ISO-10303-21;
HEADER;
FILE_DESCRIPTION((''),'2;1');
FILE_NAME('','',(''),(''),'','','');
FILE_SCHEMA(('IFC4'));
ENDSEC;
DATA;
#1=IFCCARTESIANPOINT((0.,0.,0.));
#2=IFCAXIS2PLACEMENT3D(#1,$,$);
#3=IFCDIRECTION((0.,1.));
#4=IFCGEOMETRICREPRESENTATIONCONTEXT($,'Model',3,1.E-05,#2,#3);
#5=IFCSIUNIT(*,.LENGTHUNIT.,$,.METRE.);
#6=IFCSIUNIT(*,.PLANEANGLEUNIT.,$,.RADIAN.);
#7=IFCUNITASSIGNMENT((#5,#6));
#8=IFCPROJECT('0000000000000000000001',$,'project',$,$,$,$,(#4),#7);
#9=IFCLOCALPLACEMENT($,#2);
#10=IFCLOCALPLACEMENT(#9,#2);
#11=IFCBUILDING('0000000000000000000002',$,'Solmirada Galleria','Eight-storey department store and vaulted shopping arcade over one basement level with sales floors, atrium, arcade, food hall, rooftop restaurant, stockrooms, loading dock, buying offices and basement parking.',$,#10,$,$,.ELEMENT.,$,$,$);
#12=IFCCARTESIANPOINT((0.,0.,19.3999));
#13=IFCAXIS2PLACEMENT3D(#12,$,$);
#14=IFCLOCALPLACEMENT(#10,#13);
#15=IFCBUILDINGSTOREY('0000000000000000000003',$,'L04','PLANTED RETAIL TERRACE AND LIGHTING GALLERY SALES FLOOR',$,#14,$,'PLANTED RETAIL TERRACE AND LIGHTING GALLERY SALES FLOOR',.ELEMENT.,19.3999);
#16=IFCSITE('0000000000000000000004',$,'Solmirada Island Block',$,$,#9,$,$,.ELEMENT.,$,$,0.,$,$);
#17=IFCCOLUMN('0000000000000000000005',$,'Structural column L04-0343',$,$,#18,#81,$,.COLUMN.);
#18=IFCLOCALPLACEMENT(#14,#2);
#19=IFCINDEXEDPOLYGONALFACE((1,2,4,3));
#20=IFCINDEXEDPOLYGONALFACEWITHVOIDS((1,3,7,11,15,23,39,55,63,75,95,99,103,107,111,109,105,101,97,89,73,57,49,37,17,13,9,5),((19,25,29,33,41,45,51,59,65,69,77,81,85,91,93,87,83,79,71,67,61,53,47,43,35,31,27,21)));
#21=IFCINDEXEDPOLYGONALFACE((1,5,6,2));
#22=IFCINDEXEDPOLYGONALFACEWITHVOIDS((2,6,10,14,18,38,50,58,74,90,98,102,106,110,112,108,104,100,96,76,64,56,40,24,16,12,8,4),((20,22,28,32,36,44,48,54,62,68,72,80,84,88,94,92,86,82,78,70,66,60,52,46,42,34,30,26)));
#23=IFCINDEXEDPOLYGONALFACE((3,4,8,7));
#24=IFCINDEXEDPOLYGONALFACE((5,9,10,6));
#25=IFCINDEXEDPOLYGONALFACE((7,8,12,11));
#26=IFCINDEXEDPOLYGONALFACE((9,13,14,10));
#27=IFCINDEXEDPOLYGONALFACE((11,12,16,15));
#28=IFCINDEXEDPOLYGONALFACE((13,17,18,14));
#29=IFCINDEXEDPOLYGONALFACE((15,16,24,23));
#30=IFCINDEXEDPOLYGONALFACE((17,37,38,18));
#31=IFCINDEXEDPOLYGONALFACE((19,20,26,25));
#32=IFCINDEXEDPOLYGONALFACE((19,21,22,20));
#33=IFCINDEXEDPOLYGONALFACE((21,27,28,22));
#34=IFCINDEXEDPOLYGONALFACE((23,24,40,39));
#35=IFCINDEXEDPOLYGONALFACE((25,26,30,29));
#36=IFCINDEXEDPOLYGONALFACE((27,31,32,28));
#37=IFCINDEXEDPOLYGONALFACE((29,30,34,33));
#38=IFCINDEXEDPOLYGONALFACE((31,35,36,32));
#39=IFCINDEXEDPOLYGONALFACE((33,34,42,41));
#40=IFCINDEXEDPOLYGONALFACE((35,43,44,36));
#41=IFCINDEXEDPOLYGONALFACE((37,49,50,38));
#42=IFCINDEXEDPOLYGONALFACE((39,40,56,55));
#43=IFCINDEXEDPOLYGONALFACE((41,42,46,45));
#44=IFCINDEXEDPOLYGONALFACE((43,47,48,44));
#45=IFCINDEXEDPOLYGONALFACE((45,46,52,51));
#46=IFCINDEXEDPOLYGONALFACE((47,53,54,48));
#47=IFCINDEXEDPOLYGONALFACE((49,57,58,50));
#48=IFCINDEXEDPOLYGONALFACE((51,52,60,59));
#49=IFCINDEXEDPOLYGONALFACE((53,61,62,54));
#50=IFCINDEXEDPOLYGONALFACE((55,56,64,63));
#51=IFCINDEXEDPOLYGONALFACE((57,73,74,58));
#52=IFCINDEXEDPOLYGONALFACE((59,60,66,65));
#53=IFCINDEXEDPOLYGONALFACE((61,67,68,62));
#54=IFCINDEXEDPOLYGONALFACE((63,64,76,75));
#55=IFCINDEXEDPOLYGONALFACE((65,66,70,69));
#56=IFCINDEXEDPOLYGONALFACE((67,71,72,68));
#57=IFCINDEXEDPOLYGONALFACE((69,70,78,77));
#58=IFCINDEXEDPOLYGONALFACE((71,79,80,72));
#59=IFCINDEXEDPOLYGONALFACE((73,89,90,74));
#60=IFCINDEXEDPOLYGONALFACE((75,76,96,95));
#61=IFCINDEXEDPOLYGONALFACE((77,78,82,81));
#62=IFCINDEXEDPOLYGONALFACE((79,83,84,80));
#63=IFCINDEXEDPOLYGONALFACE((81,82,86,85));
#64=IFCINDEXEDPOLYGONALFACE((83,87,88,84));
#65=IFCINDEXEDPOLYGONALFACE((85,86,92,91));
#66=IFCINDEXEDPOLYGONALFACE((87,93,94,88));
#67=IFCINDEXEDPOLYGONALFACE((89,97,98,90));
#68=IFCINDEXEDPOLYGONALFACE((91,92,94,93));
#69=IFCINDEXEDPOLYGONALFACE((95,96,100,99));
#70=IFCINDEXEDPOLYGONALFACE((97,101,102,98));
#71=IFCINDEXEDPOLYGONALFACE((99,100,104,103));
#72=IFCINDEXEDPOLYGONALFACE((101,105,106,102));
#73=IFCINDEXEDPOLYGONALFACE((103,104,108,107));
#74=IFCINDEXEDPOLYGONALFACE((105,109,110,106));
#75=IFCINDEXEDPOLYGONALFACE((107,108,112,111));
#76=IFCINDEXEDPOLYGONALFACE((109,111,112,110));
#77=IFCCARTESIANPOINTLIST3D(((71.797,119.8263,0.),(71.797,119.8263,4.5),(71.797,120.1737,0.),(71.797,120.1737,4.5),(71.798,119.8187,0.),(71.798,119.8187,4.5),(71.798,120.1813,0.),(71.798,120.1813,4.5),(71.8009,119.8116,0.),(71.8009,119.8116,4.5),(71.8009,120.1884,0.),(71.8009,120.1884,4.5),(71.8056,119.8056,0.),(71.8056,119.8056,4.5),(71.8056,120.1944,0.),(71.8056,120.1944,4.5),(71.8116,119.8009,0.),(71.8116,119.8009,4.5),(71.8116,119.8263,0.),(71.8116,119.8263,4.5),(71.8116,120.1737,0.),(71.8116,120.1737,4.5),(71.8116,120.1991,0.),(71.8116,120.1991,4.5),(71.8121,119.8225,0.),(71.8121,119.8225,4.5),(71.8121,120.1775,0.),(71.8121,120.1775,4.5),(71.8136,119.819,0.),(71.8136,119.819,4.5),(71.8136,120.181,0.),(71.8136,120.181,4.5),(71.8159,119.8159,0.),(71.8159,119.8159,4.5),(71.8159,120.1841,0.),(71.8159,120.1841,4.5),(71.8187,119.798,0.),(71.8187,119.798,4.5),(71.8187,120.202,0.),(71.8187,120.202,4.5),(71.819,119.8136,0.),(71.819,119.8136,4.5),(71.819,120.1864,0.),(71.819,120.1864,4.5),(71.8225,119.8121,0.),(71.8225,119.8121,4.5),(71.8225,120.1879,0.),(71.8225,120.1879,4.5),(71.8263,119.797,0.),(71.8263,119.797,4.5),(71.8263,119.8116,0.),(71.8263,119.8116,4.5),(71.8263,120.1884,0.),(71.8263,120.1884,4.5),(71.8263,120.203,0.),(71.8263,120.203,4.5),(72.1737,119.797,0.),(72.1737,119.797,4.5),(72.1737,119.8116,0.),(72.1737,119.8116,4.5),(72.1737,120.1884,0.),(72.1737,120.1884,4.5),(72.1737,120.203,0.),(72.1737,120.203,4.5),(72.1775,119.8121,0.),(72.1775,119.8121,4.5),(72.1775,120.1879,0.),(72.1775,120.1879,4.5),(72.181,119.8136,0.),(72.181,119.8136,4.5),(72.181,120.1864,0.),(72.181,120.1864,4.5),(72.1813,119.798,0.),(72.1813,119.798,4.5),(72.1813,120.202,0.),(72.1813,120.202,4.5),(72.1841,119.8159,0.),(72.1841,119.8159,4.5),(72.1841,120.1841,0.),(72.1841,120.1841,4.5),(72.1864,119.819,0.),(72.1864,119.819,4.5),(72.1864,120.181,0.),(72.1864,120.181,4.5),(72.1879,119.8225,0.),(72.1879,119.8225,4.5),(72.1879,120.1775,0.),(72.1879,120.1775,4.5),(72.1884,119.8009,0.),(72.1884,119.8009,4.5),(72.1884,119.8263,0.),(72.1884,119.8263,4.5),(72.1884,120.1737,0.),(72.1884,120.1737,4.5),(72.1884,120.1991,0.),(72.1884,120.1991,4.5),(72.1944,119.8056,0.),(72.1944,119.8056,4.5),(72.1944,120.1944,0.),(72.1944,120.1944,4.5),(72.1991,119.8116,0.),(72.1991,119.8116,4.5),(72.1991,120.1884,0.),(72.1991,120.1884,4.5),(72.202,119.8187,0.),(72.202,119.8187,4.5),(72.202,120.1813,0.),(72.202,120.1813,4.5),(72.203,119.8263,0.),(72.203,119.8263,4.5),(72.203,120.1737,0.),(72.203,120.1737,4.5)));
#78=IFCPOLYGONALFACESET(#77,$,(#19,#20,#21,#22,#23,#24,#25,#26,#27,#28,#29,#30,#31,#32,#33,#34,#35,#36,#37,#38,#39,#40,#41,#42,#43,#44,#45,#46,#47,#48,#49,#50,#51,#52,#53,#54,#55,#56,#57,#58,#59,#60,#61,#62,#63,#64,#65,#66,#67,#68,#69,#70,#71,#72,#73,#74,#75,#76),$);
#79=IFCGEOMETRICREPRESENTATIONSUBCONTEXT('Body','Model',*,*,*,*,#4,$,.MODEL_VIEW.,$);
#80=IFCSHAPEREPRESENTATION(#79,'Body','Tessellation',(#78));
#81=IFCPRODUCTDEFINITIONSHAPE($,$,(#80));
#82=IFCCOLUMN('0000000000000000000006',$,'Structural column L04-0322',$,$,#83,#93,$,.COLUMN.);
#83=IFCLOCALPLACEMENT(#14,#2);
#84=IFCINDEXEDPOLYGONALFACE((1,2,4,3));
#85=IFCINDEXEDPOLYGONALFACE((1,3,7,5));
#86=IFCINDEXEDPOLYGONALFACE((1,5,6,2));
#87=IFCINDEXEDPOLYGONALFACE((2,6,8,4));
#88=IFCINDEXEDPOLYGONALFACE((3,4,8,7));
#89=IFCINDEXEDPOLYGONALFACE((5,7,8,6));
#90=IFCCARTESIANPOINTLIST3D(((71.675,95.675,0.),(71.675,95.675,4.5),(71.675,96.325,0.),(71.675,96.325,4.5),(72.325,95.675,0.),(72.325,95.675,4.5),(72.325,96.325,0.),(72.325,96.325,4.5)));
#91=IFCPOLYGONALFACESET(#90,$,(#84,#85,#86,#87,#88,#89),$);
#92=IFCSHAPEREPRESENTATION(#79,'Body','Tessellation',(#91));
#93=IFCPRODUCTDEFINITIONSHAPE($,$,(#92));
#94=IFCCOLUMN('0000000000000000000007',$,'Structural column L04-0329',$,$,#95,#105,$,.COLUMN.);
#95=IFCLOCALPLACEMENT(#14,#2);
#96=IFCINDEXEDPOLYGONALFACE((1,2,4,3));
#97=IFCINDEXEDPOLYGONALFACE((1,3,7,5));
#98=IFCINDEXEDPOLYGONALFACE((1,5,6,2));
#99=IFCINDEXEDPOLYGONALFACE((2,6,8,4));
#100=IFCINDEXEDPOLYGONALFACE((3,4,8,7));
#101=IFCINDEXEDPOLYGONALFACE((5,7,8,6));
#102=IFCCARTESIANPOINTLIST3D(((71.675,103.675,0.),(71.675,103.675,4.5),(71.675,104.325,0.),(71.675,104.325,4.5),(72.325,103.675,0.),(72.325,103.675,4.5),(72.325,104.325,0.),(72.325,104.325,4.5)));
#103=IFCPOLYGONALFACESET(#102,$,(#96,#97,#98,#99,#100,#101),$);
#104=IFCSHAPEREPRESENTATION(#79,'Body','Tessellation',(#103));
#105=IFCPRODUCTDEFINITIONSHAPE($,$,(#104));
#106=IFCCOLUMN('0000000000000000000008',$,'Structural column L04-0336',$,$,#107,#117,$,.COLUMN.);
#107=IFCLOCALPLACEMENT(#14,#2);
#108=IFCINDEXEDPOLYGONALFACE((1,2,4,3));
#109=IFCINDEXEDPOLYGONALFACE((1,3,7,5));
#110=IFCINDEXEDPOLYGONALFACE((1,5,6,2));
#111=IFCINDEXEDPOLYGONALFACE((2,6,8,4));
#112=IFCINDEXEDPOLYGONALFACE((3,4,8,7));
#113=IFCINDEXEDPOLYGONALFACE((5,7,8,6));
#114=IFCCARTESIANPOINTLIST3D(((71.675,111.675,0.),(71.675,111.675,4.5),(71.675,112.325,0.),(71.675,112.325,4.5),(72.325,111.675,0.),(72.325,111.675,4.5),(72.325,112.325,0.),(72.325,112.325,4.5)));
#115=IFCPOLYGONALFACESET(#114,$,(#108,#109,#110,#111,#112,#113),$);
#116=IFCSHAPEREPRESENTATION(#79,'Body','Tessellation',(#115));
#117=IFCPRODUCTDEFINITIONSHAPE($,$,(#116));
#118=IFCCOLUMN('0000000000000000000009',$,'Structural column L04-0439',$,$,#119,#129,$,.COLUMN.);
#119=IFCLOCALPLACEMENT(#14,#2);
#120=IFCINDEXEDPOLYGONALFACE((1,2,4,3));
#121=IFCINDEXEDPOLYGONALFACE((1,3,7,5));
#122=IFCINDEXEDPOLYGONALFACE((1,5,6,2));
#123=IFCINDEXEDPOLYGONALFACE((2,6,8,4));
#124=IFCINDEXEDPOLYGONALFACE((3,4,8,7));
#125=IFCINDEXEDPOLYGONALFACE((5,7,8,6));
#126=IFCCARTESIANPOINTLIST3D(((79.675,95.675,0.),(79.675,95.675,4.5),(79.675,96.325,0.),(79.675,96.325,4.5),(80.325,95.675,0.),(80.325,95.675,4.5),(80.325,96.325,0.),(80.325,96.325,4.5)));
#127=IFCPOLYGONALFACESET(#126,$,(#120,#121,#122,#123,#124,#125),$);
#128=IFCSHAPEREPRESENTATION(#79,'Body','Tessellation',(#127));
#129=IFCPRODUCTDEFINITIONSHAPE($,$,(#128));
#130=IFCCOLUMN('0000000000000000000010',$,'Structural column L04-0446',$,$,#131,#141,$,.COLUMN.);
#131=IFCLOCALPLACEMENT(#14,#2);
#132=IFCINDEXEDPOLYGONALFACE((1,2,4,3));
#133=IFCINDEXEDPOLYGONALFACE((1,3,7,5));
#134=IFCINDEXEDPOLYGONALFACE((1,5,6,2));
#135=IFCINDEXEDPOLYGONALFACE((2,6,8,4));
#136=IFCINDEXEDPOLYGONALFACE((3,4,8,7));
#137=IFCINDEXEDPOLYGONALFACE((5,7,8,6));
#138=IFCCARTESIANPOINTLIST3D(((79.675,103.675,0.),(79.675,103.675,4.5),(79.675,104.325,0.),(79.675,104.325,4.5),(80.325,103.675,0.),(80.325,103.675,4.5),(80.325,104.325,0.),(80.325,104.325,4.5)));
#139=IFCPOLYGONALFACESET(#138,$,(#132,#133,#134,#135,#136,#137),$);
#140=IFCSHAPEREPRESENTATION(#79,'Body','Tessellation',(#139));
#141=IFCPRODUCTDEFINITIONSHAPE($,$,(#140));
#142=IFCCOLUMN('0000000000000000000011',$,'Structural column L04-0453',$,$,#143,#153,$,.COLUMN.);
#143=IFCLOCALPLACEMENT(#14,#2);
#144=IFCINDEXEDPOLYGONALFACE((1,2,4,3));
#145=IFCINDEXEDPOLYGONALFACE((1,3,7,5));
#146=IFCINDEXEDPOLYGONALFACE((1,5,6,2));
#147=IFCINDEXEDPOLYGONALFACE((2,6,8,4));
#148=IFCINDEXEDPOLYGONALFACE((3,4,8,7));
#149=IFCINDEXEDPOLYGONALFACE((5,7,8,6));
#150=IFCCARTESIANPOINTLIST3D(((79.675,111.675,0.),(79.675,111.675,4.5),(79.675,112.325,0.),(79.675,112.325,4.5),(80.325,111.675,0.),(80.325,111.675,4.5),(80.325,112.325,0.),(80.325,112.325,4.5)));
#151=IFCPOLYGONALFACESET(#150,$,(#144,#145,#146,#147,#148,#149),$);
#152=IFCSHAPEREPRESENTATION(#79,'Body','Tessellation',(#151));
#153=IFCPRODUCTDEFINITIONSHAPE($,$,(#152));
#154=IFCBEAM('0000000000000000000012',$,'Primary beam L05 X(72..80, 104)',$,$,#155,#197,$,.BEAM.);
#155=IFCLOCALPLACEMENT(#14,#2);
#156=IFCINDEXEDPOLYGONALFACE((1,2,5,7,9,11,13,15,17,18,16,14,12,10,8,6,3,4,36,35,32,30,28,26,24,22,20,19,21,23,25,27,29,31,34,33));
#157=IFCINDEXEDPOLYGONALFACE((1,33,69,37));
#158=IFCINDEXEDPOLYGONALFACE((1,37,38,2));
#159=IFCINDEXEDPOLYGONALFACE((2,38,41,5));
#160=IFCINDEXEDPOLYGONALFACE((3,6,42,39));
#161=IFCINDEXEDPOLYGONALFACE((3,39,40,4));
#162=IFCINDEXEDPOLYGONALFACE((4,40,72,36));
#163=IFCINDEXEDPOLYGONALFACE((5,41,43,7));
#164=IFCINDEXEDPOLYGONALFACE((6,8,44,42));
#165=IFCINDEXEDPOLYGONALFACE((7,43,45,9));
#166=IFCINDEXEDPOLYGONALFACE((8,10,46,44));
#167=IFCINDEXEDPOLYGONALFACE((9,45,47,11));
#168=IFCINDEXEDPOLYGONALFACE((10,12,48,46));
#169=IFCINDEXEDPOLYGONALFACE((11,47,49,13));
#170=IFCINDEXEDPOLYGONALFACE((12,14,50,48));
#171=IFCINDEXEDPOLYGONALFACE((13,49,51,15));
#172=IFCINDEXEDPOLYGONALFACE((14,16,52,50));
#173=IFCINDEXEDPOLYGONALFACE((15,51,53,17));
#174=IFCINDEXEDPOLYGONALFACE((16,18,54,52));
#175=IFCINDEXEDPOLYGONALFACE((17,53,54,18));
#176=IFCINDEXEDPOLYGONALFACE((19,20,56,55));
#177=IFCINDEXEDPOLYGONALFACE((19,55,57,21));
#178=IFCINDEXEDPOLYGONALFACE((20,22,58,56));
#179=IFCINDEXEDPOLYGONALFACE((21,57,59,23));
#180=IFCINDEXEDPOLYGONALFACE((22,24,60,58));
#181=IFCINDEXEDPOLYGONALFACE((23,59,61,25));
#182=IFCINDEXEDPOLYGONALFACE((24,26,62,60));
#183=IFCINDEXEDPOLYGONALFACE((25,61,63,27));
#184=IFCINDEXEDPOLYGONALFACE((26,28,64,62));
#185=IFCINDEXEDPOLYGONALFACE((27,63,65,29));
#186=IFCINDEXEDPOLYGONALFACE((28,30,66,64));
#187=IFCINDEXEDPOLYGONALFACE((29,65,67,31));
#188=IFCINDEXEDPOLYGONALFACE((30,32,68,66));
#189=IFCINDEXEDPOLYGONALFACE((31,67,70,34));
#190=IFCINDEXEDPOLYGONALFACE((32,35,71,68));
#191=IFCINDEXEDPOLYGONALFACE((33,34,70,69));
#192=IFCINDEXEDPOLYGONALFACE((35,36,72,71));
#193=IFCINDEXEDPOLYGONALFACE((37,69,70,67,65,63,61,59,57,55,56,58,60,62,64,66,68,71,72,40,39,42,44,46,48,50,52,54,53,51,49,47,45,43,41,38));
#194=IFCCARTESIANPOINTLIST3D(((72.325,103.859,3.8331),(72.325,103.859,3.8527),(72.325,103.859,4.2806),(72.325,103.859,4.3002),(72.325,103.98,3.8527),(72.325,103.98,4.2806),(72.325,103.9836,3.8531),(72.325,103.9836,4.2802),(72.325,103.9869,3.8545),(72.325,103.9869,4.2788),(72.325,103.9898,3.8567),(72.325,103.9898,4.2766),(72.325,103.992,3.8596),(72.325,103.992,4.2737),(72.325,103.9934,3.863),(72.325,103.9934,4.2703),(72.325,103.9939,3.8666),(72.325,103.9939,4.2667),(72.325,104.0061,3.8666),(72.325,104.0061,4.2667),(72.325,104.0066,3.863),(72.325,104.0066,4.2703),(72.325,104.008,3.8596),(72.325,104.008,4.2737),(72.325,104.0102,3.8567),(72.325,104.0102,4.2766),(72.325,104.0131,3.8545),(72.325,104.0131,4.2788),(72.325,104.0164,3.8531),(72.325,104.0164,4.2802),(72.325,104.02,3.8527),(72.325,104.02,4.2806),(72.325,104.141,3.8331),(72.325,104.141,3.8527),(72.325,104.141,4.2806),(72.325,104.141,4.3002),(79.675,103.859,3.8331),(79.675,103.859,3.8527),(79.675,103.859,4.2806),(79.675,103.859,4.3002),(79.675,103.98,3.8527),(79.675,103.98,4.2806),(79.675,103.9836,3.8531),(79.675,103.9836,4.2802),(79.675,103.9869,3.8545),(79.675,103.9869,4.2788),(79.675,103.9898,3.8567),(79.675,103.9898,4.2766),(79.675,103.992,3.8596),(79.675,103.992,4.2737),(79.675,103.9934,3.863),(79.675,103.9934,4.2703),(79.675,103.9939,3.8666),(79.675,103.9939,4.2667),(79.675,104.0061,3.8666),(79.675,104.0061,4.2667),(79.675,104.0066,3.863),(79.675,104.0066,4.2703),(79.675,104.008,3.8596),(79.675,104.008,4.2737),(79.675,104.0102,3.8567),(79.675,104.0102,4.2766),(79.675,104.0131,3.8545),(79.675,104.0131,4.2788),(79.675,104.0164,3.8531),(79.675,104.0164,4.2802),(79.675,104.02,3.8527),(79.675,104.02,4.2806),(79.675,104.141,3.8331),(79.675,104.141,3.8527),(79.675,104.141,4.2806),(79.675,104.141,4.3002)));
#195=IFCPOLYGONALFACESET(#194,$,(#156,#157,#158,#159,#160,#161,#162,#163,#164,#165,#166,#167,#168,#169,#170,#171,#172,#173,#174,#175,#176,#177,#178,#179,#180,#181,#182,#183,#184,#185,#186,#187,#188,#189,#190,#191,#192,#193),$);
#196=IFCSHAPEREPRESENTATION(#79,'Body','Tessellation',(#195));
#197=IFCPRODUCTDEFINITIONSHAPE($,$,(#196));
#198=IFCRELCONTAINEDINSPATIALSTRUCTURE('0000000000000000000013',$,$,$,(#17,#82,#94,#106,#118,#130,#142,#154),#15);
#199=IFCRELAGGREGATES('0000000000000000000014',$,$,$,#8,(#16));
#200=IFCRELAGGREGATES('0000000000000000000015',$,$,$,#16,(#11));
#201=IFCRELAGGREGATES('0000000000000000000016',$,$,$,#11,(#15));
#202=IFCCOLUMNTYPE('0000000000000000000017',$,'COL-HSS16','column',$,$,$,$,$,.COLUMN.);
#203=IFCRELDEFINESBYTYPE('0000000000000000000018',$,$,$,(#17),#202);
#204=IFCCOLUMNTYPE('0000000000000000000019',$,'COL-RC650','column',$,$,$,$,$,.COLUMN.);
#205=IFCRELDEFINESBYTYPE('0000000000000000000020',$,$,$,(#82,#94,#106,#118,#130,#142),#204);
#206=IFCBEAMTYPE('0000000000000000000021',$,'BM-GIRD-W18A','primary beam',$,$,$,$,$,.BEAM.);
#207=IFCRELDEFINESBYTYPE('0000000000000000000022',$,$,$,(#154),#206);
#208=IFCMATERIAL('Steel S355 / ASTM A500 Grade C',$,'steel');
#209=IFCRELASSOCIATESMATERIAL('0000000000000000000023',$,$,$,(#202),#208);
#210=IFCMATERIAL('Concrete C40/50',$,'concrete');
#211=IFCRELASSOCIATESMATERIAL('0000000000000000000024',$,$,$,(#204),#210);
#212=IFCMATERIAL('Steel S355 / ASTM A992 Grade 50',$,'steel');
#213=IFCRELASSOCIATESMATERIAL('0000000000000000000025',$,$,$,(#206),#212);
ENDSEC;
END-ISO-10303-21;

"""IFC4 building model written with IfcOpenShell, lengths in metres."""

from ifc_helpers import new_model, si_unit, direction, frame, origin, origin_2d, place, context, subcontext, project, spatial, rectangle, hollow_rectangle, i_section, extrude, material, material_profile, profile_set, type_object, element, save


model = new_model("IFC4")

# Units and contexts
model_context = context("Model", 3, precision=1e-05, world=origin(), true_north=direction((0.0, 1.0)))
body_context = subcontext(model_context, "Body", "Model", "MODEL_VIEW")
ifc_project = project(units=[si_unit("LENGTHUNIT", "METRE"), si_unit("PLANEANGLEUNIT", "RADIAN")], contexts=[model_context])

# Site, building, storey
site_placement = place(None, origin())
site = spatial("IfcSite", under=ifc_project, at=site_placement, Name="Solmirada Island Block", CompositionType="ELEMENT", RefElevation=0.0)
building_placement = place(site_placement, origin())
building = spatial("IfcBuilding", under=site, at=building_placement, Name="Solmirada Galleria", Description="Eight-storey department store and vaulted shopping arcade over one basement level with sales floors, atrium, arcade, food hall, rooftop restaurant, stockrooms, loading dock, buying offices and basement parking.", CompositionType="ELEMENT")
storey_placement = place(building_placement, frame((0.0, 0.0, 19.3999)))
storey = spatial("IfcBuildingStorey", under=building, at=storey_placement, Name="L04", Description="PLANTED RETAIL TERRACE AND LIGHTING GALLERY SALES FLOOR", LongName="PLANTED RETAIL TERRACE AND LIGHTING GALLERY SALES FLOOR", CompositionType="ELEMENT", Elevation=19.3999)

# Columns
ifc_material_1 = material(Name="Steel S355 / ASTM A500 Grade C", Category="steel")
ifc_material_profile_1 = material_profile(ifc_material_1, hollow_rectangle(XDim=0.406, YDim=0.406, WallThickness=0.0146, InnerFilletRadius=0.0146, OuterFilletRadius=0.0293, at=origin_2d()), Name="HSS16X16X5/8")
ifc_profile_set_1 = profile_set([ifc_material_profile_1], Name="Steel S355 / ASTM A500 Grade C")
column_type_1 = type_object("IfcColumnType", Name="COL-HSS16", Description="column", PredefinedType="COLUMN", material=ifc_profile_set_1)
column_placement = place(storey_placement, frame((72.0, 120.0, 0.0), z_axis=(0.0, 0.0, 1.0), x_axis=(1.0, 0.0, 0.0)))
element("IfcColumn", 1, at=column_placement, inside=storey, type_object=column_type_1, Name="Structural column L04-0343", PredefinedType="COLUMN", context=body_context, shape_type="SweptSolid", body=[
    extrude(hollow_rectangle(XDim=0.406, YDim=0.406, WallThickness=0.0146, InnerFilletRadius=0.0146, OuterFilletRadius=0.0293, at=origin_2d()), origin(), (0.0, 0.0, 1.0), 4.5),
])
ifc_material_2 = material(Name="Concrete C40/50", Category="concrete")
ifc_material_profile_2 = material_profile(ifc_material_2, rectangle(XDim=0.6499, YDim=0.6499, at=origin_2d()), Name="RC650X650")
ifc_profile_set_2 = profile_set([ifc_material_profile_2], Name="Concrete C40/50")
column_type_2 = type_object("IfcColumnType", Name="COL-RC650", Description="column", PredefinedType="COLUMN", material=ifc_profile_set_2)
for number, where, z_axis, x_axis, name in (
    (2, (72.0, 96.0, 0.0), (0.0, 0.0, 1.0), (1.0, 0.0, 0.0), "Structural column L04-0322"),
    (3, (72.0, 104.0, 0.0), (0.0, 0.0, 1.0), (1.0, 0.0, 0.0), "Structural column L04-0329"),
    (4, (72.0, 112.0, 0.0), (0.0, 0.0, 1.0), (1.0, 0.0, 0.0), "Structural column L04-0336"),
    (5, (80.0, 96.0, 0.0), (0.0, 0.0, 1.0), (1.0, 0.0, 0.0), "Structural column L04-0439"),
    (6, (80.0, 104.0, 0.0), (0.0, 0.0, 1.0), (1.0, 0.0, 0.0), "Structural column L04-0446"),
    (7, (80.0, 112.0, 0.0), (0.0, 0.0, 1.0), (1.0, 0.0, 0.0), "Structural column L04-0453"),
):
    element("IfcColumn", number, at=place(storey_placement, frame(where, z_axis=z_axis, x_axis=x_axis)), inside=storey, type_object=column_type_2, Name=name, PredefinedType="COLUMN", context=body_context, shape_type="SweptSolid", body=[
        extrude(rectangle(XDim=0.6499, YDim=0.6499, at=origin_2d()), origin(), (0.0, 0.0, 1.0), 4.5),
    ])

# Beam
ifc_material_3 = material(Name="Steel S355 / ASTM A992 Grade 50", Category="steel")
ifc_material_profile_3 = material_profile(ifc_material_3, i_section(OverallWidth=0.282, OverallDepth=0.467, WebThickness=0.0122, FlangeThickness=0.0195, FilletRadius=0.0139, at=origin_2d()), Name="W18X86")
ifc_profile_set_3 = profile_set([ifc_material_profile_3], Name="Steel S355 / ASTM A992 Grade 50")
beam_type_1 = type_object("IfcBeamType", Name="BM-GIRD-W18A", Description="primary beam", PredefinedType="BEAM", material=ifc_profile_set_3)
beam_1_placement = place(storey_placement, frame((72.325, 104.0, 4.0667), z_axis=(1.0, 0.0, 0.0), x_axis=(0.0, 1.0, 0.0)))
element("IfcBeam", 8, at=beam_1_placement, inside=storey, type_object=beam_type_1, Name="Primary beam L05 X(72..80, 104)", PredefinedType="BEAM", context=body_context, shape_type="SweptSolid", body=[
    extrude(i_section(OverallWidth=0.282, OverallDepth=0.467, WebThickness=0.0122, FlangeThickness=0.0195, FilletRadius=0.0139, at=origin_2d()), origin(), (0.0, 0.0, 1.0), 7.3501),
])

save(model, "model.ifc")
